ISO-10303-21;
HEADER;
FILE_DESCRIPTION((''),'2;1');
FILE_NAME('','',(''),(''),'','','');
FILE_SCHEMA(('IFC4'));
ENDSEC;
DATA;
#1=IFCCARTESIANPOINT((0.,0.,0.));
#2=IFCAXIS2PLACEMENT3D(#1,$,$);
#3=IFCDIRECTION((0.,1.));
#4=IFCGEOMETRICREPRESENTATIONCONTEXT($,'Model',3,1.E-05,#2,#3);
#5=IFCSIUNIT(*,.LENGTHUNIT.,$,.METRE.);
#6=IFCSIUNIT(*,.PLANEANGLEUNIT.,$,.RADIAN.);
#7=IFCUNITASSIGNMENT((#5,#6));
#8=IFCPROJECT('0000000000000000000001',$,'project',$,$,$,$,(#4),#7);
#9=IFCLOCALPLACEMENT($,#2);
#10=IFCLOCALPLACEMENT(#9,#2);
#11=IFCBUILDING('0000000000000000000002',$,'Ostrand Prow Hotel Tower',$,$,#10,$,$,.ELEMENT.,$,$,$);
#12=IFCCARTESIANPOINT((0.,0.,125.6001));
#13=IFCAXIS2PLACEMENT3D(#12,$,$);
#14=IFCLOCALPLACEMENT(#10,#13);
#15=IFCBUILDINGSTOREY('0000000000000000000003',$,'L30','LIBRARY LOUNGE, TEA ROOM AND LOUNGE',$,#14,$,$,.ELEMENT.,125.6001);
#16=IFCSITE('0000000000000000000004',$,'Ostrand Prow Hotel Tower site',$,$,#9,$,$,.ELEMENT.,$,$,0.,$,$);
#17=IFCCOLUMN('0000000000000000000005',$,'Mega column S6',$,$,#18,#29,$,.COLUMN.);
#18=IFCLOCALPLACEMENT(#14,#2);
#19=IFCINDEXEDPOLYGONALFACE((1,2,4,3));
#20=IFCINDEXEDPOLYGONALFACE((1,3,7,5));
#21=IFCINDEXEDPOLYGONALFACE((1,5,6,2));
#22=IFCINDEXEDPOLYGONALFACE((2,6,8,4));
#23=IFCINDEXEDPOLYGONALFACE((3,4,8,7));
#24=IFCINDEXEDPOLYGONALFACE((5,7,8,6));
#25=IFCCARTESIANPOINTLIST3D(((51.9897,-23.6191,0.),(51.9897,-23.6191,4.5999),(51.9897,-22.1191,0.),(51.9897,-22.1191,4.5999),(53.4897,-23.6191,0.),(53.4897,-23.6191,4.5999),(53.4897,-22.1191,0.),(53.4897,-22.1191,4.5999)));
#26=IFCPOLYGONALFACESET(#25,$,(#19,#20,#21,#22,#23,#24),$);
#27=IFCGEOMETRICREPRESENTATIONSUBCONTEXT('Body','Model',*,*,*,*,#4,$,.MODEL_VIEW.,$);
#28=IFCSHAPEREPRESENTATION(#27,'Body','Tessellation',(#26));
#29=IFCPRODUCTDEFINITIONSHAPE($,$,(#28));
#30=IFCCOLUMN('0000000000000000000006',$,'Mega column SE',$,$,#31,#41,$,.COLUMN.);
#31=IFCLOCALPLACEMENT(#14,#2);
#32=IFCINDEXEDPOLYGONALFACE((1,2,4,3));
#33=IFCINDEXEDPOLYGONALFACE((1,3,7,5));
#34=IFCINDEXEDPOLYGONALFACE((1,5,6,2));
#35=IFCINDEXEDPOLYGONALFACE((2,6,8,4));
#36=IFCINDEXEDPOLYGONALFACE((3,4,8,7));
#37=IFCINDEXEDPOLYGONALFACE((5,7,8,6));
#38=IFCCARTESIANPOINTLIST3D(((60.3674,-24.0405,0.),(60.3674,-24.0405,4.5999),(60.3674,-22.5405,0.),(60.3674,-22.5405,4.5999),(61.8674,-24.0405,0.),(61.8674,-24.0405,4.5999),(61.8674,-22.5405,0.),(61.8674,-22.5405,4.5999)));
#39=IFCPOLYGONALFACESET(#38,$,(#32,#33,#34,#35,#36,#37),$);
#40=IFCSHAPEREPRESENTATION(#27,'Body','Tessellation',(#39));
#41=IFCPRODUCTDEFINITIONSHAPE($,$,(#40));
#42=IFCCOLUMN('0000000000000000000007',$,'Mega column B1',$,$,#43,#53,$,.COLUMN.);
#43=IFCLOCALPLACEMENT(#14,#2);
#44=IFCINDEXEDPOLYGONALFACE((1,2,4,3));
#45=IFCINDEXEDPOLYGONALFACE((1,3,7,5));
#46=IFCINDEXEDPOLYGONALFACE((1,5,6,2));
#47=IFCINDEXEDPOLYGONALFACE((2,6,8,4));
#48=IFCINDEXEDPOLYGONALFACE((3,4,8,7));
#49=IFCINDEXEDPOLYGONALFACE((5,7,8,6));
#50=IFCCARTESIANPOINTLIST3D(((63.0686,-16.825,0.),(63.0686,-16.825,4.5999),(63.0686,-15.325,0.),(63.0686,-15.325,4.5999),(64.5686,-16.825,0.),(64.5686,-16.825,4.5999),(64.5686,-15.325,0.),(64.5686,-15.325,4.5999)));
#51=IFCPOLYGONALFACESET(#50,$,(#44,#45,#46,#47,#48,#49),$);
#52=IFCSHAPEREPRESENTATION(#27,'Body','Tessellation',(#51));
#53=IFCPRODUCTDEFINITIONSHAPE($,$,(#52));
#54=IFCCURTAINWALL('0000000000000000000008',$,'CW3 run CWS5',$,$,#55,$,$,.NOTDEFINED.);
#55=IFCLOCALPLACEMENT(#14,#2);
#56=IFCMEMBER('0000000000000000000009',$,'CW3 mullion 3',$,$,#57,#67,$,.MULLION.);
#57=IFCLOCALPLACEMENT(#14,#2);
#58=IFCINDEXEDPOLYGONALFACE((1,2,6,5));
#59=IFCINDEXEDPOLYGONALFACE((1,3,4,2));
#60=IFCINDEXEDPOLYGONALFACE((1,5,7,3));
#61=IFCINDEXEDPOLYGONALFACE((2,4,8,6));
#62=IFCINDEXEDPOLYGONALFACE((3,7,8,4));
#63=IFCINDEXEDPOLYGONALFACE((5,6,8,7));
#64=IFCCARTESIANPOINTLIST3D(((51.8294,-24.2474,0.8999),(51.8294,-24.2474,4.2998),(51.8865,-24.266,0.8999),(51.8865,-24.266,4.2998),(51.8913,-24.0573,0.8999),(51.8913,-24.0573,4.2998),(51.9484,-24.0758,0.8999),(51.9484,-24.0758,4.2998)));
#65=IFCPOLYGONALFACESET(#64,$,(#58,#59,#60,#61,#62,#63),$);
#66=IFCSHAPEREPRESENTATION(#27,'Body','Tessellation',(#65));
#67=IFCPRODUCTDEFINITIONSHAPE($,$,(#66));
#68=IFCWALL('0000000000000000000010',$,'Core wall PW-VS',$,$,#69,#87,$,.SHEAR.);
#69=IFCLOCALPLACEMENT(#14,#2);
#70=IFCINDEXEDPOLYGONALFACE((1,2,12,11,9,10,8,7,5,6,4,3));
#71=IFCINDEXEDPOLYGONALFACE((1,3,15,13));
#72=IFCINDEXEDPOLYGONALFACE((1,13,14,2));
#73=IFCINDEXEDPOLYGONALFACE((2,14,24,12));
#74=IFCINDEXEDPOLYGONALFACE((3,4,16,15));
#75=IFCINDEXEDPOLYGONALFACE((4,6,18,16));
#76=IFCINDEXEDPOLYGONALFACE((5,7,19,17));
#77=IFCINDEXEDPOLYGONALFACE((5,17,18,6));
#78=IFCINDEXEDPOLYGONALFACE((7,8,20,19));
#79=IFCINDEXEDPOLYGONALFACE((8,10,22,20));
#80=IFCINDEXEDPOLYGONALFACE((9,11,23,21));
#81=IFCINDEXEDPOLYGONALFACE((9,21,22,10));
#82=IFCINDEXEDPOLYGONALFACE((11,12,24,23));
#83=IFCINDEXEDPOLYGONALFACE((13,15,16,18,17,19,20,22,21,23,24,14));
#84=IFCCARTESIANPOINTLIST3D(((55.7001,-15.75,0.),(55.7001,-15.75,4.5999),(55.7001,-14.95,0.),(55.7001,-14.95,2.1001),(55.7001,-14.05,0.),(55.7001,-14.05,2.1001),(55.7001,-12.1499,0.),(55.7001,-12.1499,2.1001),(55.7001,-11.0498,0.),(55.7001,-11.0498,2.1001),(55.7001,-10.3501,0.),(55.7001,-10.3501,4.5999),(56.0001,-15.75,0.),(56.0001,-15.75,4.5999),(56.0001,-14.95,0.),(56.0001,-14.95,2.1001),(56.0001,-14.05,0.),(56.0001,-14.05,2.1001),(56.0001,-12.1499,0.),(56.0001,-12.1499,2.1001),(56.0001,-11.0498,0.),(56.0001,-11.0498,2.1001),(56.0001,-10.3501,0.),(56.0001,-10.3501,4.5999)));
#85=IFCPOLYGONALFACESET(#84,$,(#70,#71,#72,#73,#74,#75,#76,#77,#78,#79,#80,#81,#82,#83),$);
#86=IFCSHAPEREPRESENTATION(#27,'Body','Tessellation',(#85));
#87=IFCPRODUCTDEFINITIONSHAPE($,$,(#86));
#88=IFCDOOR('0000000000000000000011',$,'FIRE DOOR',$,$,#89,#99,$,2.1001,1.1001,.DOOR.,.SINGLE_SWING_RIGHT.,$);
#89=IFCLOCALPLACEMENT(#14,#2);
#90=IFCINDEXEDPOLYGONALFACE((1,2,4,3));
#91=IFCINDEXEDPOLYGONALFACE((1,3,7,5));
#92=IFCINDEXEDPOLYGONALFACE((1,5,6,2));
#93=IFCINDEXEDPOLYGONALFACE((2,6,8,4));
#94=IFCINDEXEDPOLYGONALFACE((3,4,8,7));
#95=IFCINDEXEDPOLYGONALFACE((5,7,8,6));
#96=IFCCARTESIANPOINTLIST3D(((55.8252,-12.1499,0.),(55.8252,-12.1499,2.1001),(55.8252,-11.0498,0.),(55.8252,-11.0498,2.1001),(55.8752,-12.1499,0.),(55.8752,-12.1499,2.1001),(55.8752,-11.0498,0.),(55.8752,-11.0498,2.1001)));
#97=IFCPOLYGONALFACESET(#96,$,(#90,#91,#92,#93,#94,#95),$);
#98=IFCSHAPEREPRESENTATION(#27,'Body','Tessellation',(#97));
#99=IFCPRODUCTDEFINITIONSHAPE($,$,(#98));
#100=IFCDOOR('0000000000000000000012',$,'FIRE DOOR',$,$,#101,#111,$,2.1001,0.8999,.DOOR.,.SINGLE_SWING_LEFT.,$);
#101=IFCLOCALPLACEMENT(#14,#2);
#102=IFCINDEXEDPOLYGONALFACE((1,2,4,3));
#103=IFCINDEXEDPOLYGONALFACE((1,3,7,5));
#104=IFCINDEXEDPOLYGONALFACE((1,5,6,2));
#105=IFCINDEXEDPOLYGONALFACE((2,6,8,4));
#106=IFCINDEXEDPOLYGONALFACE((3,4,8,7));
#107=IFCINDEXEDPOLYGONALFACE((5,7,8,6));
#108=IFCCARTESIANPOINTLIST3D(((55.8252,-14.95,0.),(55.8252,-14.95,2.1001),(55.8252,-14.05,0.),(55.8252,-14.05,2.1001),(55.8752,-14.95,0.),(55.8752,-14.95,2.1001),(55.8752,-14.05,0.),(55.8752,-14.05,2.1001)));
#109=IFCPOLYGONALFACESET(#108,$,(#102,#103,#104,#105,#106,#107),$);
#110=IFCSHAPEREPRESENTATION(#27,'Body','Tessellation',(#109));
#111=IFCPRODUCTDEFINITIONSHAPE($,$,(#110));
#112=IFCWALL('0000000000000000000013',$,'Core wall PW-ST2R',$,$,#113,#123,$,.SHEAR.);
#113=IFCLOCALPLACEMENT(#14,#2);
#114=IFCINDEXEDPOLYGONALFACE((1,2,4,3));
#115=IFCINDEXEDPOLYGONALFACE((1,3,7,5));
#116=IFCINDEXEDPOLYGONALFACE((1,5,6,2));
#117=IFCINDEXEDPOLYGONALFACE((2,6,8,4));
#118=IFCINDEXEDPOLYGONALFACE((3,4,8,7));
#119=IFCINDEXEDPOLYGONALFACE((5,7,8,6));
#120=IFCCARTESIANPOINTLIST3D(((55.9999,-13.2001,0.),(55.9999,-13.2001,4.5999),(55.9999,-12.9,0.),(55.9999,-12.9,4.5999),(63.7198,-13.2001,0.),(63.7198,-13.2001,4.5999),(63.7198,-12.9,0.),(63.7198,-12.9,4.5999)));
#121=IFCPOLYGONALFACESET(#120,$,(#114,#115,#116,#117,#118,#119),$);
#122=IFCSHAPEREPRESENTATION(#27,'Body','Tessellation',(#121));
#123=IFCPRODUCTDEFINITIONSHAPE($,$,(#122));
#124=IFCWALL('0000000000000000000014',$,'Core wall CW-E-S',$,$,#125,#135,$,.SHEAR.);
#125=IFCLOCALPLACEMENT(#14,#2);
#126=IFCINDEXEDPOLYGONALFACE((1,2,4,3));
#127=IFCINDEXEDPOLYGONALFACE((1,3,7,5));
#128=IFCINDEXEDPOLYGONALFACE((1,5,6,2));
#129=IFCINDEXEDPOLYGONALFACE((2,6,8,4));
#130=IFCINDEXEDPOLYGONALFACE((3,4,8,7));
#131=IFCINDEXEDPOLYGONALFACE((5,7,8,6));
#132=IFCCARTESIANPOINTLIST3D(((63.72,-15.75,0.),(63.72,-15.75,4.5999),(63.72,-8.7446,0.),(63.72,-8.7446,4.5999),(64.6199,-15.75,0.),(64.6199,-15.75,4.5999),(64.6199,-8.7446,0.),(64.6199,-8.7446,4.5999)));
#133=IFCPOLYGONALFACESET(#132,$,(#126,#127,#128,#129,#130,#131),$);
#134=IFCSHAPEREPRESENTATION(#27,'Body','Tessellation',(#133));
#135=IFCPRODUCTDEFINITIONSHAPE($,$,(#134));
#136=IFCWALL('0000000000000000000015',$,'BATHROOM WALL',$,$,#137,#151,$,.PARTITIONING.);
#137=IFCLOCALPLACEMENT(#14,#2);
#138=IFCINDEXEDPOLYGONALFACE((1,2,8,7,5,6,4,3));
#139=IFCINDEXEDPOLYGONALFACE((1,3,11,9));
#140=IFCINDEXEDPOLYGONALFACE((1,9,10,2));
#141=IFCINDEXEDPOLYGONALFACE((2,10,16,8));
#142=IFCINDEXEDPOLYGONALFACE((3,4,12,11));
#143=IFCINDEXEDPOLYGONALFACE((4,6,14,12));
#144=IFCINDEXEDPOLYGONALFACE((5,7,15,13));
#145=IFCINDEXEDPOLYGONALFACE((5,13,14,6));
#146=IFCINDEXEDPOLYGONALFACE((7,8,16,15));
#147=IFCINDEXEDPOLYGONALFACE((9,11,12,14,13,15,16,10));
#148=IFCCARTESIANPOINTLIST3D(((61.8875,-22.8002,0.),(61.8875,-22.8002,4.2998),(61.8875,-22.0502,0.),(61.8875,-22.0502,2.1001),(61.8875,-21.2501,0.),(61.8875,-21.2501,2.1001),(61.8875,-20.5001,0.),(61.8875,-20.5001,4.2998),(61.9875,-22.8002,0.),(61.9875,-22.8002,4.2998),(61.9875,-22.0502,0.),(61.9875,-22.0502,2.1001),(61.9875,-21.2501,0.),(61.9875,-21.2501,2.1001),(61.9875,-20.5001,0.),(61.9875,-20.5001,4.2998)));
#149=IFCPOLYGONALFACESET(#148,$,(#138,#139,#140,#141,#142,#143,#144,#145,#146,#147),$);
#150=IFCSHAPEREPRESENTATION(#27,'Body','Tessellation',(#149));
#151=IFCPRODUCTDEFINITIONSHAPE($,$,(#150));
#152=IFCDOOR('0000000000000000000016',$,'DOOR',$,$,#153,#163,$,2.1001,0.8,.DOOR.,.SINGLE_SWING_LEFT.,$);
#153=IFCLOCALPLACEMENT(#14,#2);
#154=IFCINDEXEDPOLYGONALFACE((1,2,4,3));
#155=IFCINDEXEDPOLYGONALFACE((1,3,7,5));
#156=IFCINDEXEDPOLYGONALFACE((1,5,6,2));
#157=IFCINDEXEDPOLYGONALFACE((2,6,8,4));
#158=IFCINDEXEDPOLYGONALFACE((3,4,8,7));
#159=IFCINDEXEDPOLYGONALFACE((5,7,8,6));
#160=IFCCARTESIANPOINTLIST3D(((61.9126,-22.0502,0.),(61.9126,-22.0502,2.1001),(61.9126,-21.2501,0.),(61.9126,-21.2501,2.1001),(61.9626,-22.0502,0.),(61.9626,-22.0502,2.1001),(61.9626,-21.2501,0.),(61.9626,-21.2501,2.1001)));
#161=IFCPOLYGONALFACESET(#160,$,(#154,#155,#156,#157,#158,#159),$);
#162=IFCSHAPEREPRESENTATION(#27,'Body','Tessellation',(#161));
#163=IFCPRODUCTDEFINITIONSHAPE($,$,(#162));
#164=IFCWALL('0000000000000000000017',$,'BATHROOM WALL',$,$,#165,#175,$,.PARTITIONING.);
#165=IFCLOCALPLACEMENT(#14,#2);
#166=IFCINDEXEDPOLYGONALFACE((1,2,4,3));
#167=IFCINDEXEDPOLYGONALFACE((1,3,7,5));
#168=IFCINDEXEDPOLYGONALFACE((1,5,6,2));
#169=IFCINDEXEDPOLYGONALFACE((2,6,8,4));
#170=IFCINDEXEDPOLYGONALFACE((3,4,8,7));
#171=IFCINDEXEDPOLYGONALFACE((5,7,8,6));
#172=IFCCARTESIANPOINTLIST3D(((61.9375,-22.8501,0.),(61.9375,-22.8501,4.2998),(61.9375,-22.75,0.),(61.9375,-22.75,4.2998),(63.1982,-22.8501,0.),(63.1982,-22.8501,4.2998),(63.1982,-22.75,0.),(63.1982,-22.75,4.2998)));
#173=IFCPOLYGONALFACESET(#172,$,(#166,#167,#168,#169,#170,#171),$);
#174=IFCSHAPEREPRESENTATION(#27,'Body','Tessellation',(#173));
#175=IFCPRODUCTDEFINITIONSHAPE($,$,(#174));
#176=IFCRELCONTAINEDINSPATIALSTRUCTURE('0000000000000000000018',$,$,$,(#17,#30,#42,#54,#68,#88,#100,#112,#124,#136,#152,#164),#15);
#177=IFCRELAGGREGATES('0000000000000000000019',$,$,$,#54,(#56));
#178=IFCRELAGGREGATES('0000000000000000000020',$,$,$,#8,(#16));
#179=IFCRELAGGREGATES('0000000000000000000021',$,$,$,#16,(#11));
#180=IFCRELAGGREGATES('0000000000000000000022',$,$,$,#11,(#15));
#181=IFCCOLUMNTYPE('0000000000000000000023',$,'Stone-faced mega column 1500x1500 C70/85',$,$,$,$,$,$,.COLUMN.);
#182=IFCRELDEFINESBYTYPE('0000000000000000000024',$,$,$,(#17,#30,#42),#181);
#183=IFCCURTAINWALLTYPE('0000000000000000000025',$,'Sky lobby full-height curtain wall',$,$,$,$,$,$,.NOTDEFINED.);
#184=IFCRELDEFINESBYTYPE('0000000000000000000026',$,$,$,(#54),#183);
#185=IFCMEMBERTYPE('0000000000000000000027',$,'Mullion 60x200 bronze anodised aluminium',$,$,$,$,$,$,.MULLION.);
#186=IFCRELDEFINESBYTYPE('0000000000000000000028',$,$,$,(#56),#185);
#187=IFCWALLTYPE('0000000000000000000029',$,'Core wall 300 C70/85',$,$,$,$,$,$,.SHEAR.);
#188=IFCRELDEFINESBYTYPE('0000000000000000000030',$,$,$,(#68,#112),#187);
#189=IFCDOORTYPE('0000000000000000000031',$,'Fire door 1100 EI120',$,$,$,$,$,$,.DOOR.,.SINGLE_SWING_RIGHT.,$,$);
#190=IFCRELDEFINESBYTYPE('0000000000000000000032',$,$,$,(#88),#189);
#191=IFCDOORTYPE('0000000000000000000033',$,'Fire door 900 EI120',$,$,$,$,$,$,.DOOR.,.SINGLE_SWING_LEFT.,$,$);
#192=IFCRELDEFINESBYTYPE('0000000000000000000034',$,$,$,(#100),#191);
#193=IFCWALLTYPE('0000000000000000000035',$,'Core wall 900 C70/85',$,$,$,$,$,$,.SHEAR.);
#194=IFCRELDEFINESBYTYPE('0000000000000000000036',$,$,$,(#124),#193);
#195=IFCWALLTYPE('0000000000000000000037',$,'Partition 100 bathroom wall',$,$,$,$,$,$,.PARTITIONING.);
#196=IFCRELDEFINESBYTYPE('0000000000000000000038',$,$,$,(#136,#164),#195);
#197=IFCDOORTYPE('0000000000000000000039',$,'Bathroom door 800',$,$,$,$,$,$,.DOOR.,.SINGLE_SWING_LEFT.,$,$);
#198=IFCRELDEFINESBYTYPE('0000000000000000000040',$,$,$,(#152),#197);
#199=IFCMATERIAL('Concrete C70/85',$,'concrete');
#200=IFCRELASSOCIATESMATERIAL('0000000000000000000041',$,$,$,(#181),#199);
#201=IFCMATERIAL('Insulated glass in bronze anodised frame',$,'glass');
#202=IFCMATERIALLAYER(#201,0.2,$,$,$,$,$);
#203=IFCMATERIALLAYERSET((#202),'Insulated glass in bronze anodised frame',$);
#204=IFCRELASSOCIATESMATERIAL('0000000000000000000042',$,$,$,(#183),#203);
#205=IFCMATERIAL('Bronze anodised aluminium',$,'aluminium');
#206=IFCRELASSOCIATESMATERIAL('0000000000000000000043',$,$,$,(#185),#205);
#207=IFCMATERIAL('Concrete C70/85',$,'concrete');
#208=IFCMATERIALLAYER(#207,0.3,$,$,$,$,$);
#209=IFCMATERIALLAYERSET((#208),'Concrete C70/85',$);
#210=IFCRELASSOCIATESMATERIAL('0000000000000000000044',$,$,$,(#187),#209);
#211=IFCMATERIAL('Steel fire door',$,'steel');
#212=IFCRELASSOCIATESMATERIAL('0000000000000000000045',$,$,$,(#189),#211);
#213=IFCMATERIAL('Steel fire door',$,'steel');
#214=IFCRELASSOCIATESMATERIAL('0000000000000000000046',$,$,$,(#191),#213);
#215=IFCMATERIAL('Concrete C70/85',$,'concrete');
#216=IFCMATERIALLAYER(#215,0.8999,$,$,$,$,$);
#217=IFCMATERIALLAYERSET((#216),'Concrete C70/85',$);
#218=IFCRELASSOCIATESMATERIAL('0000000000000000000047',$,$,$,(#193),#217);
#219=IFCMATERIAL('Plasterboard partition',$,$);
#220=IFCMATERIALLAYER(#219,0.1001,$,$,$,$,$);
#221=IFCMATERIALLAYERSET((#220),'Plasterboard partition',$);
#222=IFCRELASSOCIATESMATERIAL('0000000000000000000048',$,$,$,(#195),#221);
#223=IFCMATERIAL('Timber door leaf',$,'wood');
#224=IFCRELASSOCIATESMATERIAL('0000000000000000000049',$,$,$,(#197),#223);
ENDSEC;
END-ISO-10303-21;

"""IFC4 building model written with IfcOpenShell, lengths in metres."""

from ifc_helpers import new_model, si_unit, direction, frame, frame_2d, origin, origin_2d, place, context, subcontext, project, spatial, rectangle, extrude, material, layer, layer_set, material_profile, profile_set, type_object, element, fill, aggregate, save


model = new_model("IFC4")

# Units and contexts
model_context = context("Model", 3, precision=1e-05, world=origin(), true_north=direction((0.0, 1.0)))
body_context = subcontext(model_context, "Body", "Model", "MODEL_VIEW")
ifc_project = project(units=[si_unit("LENGTHUNIT", "METRE"), si_unit("PLANEANGLEUNIT", "RADIAN")], contexts=[model_context])

# Site, building, storey
site_placement = place(None, origin())
site = spatial("IfcSite", under=ifc_project, at=site_placement, Name="Ostrand Prow Hotel Tower site", CompositionType="ELEMENT", RefElevation=0.0)
building_placement = place(site_placement, origin())
building = spatial("IfcBuilding", under=site, at=building_placement, Name="Ostrand Prow Hotel Tower", CompositionType="ELEMENT")
storey_placement = place(building_placement, frame((0.0, 0.0, 125.6001)))
storey = spatial("IfcBuildingStorey", under=building, at=storey_placement, Name="L30", Description="LIBRARY LOUNGE, TEA ROOM AND LOUNGE", CompositionType="ELEMENT", Elevation=125.6001)

# Columns
ifc_material_1 = material(Name="Concrete C70/85", Category="concrete")
ifc_material_profile_1 = material_profile(ifc_material_1, rectangle(XDim=1.5, YDim=1.5, at=origin_2d()), Name="RC 1500x1500")
ifc_profile_set_1 = profile_set([ifc_material_profile_1], Name="Concrete C70/85")
column_type = type_object("IfcColumnType", Name="Stone-faced mega column 1500x1500 C70/85", PredefinedType="COLUMN", material=ifc_profile_set_1)
for number, where, z_axis, x_axis, name in (
    (1, (52.7397, -22.8691, 0.0), (0.0, 0.0, 1.0), (1.0, 0.0, 0.0), "Mega column S6"),
    (2, (61.1174, -23.2905, 0.0), (0.0, 0.0, 1.0), (1.0, 0.0, 0.0), "Mega column SE"),
    (3, (63.8186, -16.075, 0.0), (0.0, 0.0, 1.0), (1.0, 0.0, 0.0), "Mega column B1"),
):
    element("IfcColumn", number, at=place(storey_placement, frame(where, z_axis=z_axis, x_axis=x_axis)), inside=storey, type_object=column_type, Name=name, PredefinedType="COLUMN", context=body_context, shape_type="SweptSolid", body=[
        extrude(rectangle(XDim=1.5, YDim=1.5, at=origin_2d()), origin(), (0.0, 0.0, 1.0), 4.5999),
    ])

# Curtain wall, member
ifc_material_2 = material(Name="Insulated glass in bronze anodised frame", Category="glass")
ifc_layer_1 = layer(ifc_material_2, 0.2)
ifc_layer_set_1 = layer_set([ifc_layer_1], Name="Insulated glass in bronze anodised frame")
curtain_wall_type = type_object("IfcCurtainWallType", Name="Sky lobby full-height curtain wall", PredefinedType="NOTDEFINED", material=ifc_layer_set_1)
curtain_wall_placement = place(storey_placement, origin())
curtain_wall = element("IfcCurtainWall", 4, at=curtain_wall_placement, inside=storey, type_object=curtain_wall_type, Name="CW3 run CWS5", PredefinedType="NOTDEFINED")
ifc_material_3 = material(Name="Bronze anodised aluminium", Category="aluminium")
ifc_material_profile_2 = material_profile(ifc_material_3, rectangle(XDim=0.2, YDim=0.0601, at=origin_2d()), Name="Mullion 60x200 bronze anodised aluminium")
ifc_profile_set_2 = profile_set([ifc_material_profile_2], Name="Bronze anodised aluminium")
member_type = type_object("IfcMemberType", Name="Mullion 60x200 bronze anodised aluminium", PredefinedType="MULLION", material=ifc_profile_set_2)
member_placement = place(storey_placement, frame((51.8889, -24.1616, 0.8999), z_axis=(0.0, 0.0, 1.0), x_axis=(0.30938, 0.950938, 0.0)))
member = element("IfcMember", 5, at=member_placement, type_object=member_type, Name="CW3 mullion 3", PredefinedType="MULLION", context=body_context, shape_type="SweptSolid", body=[
    extrude(rectangle(XDim=0.2, YDim=0.0601, at=origin_2d()), origin(), (0.0, 0.0, 1.0), 3.3999),
])
aggregate(curtain_wall, [member])

# Wall, openings, doors
ifc_material_4 = material(Name="Concrete C70/85", Category="concrete")
ifc_layer_2 = layer(ifc_material_4, 0.3)
ifc_layer_set_2 = layer_set([ifc_layer_2], Name="Concrete C70/85")
wall_type_1 = type_object("IfcWallType", Name="Core wall 300 C70/85", PredefinedType="SHEAR", material=ifc_layer_set_2)
wall_1_placement = place(storey_placement, frame((55.8501, -15.75, 0.0), z_axis=(0.0, 0.0, 1.0), x_axis=(0.0, 1.0, 0.0)))
wall_1 = element("IfcWall", 6, at=wall_1_placement, inside=storey, type_object=wall_type_1, Name="Core wall PW-VS", PredefinedType="SHEAR", context=body_context, shape_type="SweptSolid", body=[
    extrude(rectangle(XDim=5.3999, YDim=0.3, at=frame_2d((2.7, 0.0))), origin(), (0.0, 0.0, 1.0), 4.5999),
])
opening_1_placement = place(wall_1_placement, frame((3.6001, 0.0, 0.0)))
opening_1 = element("IfcOpeningElement", 7, at=opening_1_placement, cuts=wall_1, PredefinedType="OPENING", context=body_context, shape_type="SweptSolid", body=[
    extrude(rectangle(XDim=1.1001, YDim=2.1001, at=frame_2d((0.55, 1.05))), frame((0.0, 0.1599, 0.0), z_axis=(0.0, -1.0, 0.0), x_axis=(1.0, 0.0, 0.0)), (0.0, 0.0, 1.0), 0.3201),
])
opening_2_placement = place(wall_1_placement, frame((0.8, 0.0, 0.0)))
opening_2 = element("IfcOpeningElement", 8, at=opening_2_placement, cuts=wall_1, PredefinedType="OPENING", context=body_context, shape_type="SweptSolid", body=[
    extrude(rectangle(XDim=0.8999, YDim=2.1001, at=frame_2d((0.45, 1.05))), frame((0.0, 0.1599, 0.0), z_axis=(0.0, -1.0, 0.0), x_axis=(1.0, 0.0, 0.0)), (0.0, 0.0, 1.0), 0.3201),
])
ifc_material_5 = material(Name="Steel fire door", Category="steel")
door_type_1 = type_object("IfcDoorType", Name="Fire door 1100 EI120", OperationType="SINGLE_SWING_RIGHT", PredefinedType="DOOR", material=ifc_material_5)
door_1_placement = place(opening_1_placement, origin())
door_1 = element("IfcDoor", 9, at=door_1_placement, inside=storey, type_object=door_type_1, Name="FIRE DOOR", OperationType="SINGLE_SWING_RIGHT", OverallHeight=2.1001, OverallWidth=1.1001, PredefinedType="DOOR", context=body_context, shape_type="SweptSolid", body=[
    extrude(rectangle(XDim=1.1001, YDim=2.1001, at=frame_2d((0.55, 1.05))), frame((0.0, 0.0249, 0.0), z_axis=(0.0, -1.0, 0.0), x_axis=(1.0, 0.0, 0.0)), (0.0, 0.0, 1.0), 0.05),
])
fill(opening_1, door_1)
ifc_material_6 = material(Name="Steel fire door", Category="steel")
door_type_2 = type_object("IfcDoorType", Name="Fire door 900 EI120", OperationType="SINGLE_SWING_LEFT", PredefinedType="DOOR", material=ifc_material_6)
door_2_placement = place(opening_2_placement, origin())
door_2 = element("IfcDoor", 10, at=door_2_placement, inside=storey, type_object=door_type_2, Name="FIRE DOOR", OperationType="SINGLE_SWING_LEFT", OverallHeight=2.1001, OverallWidth=0.8999, PredefinedType="DOOR", context=body_context, shape_type="SweptSolid", body=[
    extrude(rectangle(XDim=0.8999, YDim=2.1001, at=frame_2d((0.45, 1.05))), frame((0.0, 0.0249, 0.0), z_axis=(0.0, -1.0, 0.0), x_axis=(1.0, 0.0, 0.0)), (0.0, 0.0, 1.0), 0.05),
])
fill(opening_2, door_2)

# Walls
wall_2_placement = place(storey_placement, frame((56.0, -13.05, 0.0), z_axis=(0.0, 0.0, 1.0), x_axis=(1.0, 0.0, 0.0)))
element("IfcWall", 11, at=wall_2_placement, inside=storey, type_object=wall_type_1, Name="Core wall PW-ST2R", PredefinedType="SHEAR", context=body_context, shape_type="SweptSolid", body=[
    extrude(rectangle(XDim=7.72, YDim=0.3, at=frame_2d((3.8599, 0.0))), origin(), (0.0, 0.0, 1.0), 4.5999),
])
ifc_material_7 = material(Name="Concrete C70/85", Category="concrete")
ifc_layer_3 = layer(ifc_material_7, 0.8999)
ifc_layer_set_3 = layer_set([ifc_layer_3], Name="Concrete C70/85")
wall_type_2 = type_object("IfcWallType", Name="Core wall 900 C70/85", PredefinedType="SHEAR", material=ifc_layer_set_3)
wall_3_placement = place(storey_placement, frame((64.1699, -15.75, 0.0), z_axis=(0.0, 0.0, 1.0), x_axis=(0.0, 1.0, 0.0)))
element("IfcWall", 12, at=wall_3_placement, inside=storey, type_object=wall_type_2, Name="Core wall CW-E-S", PredefinedType="SHEAR", context=body_context, shape_type="SweptSolid", body=[
    extrude(rectangle(XDim=7.0054, YDim=0.8999, at=frame_2d((3.5027, 0.0))), origin(), (0.0, 0.0, 1.0), 4.5999),
])

# Wall, opening, door
ifc_material_8 = material(Name="Plasterboard partition")
ifc_layer_4 = layer(ifc_material_8, 0.1001)
ifc_layer_set_4 = layer_set([ifc_layer_4], Name="Plasterboard partition")
wall_type_3 = type_object("IfcWallType", Name="Partition 100 bathroom wall", PredefinedType="PARTITIONING", material=ifc_layer_set_4)
wall_4_placement = place(storey_placement, frame((61.9375, -22.8, 0.0), z_axis=(0.0, 0.0, 1.0), x_axis=(0.0, 1.0, 0.0)))
wall_4 = element("IfcWall", 13, at=wall_4_placement, inside=storey, type_object=wall_type_3, Name="BATHROOM WALL", PredefinedType="PARTITIONING", context=body_context, shape_type="SweptSolid", body=[
    extrude(rectangle(XDim=2.3, YDim=0.1001, at=frame_2d((1.1499, 0.0))), origin(), (0.0, 0.0, 1.0), 4.2998),
])
opening_3_placement = place(wall_4_placement, frame((0.75, 0.0, 0.0)))
opening_3 = element("IfcOpeningElement", 14, at=opening_3_placement, cuts=wall_4, PredefinedType="OPENING", context=body_context, shape_type="SweptSolid", body=[
    extrude(rectangle(XDim=0.8, YDim=2.1001, at=frame_2d((0.3999, 1.05))), frame((0.0, 0.0601, 0.0), z_axis=(0.0, -1.0, 0.0), x_axis=(1.0, 0.0, 0.0)), (0.0, 0.0, 1.0), 0.1201),
])
ifc_material_9 = material(Name="Timber door leaf", Category="wood")
door_type_3 = type_object("IfcDoorType", Name="Bathroom door 800", OperationType="SINGLE_SWING_LEFT", PredefinedType="DOOR", material=ifc_material_9)
door_3_placement = place(opening_3_placement, origin())
door_3 = element("IfcDoor", 15, at=door_3_placement, inside=storey, type_object=door_type_3, Name="DOOR", OperationType="SINGLE_SWING_LEFT", OverallHeight=2.1001, OverallWidth=0.8, PredefinedType="DOOR", context=body_context, shape_type="SweptSolid", body=[
    extrude(rectangle(XDim=0.8, YDim=2.1001, at=frame_2d((0.3999, 1.05))), frame((0.0, 0.0249, 0.0), z_axis=(0.0, -1.0, 0.0), x_axis=(1.0, 0.0, 0.0)), (0.0, 0.0, 1.0), 0.05),
])
fill(opening_3, door_3)

# Wall
wall_5_placement = place(storey_placement, frame((63.1982, -22.8, 0.0), z_axis=(0.0, 0.0, 1.0), x_axis=(-1.0, 0.0, 0.0)))
element("IfcWall", 16, at=wall_5_placement, inside=storey, type_object=wall_type_3, Name="BATHROOM WALL", PredefinedType="PARTITIONING", context=body_context, shape_type="SweptSolid", body=[
    extrude(rectangle(XDim=1.2607, YDim=0.1001, at=frame_2d((0.6304, 0.0))), origin(), (0.0, 0.0, 1.0), 4.2998),
])

save(model, "model.ifc")
